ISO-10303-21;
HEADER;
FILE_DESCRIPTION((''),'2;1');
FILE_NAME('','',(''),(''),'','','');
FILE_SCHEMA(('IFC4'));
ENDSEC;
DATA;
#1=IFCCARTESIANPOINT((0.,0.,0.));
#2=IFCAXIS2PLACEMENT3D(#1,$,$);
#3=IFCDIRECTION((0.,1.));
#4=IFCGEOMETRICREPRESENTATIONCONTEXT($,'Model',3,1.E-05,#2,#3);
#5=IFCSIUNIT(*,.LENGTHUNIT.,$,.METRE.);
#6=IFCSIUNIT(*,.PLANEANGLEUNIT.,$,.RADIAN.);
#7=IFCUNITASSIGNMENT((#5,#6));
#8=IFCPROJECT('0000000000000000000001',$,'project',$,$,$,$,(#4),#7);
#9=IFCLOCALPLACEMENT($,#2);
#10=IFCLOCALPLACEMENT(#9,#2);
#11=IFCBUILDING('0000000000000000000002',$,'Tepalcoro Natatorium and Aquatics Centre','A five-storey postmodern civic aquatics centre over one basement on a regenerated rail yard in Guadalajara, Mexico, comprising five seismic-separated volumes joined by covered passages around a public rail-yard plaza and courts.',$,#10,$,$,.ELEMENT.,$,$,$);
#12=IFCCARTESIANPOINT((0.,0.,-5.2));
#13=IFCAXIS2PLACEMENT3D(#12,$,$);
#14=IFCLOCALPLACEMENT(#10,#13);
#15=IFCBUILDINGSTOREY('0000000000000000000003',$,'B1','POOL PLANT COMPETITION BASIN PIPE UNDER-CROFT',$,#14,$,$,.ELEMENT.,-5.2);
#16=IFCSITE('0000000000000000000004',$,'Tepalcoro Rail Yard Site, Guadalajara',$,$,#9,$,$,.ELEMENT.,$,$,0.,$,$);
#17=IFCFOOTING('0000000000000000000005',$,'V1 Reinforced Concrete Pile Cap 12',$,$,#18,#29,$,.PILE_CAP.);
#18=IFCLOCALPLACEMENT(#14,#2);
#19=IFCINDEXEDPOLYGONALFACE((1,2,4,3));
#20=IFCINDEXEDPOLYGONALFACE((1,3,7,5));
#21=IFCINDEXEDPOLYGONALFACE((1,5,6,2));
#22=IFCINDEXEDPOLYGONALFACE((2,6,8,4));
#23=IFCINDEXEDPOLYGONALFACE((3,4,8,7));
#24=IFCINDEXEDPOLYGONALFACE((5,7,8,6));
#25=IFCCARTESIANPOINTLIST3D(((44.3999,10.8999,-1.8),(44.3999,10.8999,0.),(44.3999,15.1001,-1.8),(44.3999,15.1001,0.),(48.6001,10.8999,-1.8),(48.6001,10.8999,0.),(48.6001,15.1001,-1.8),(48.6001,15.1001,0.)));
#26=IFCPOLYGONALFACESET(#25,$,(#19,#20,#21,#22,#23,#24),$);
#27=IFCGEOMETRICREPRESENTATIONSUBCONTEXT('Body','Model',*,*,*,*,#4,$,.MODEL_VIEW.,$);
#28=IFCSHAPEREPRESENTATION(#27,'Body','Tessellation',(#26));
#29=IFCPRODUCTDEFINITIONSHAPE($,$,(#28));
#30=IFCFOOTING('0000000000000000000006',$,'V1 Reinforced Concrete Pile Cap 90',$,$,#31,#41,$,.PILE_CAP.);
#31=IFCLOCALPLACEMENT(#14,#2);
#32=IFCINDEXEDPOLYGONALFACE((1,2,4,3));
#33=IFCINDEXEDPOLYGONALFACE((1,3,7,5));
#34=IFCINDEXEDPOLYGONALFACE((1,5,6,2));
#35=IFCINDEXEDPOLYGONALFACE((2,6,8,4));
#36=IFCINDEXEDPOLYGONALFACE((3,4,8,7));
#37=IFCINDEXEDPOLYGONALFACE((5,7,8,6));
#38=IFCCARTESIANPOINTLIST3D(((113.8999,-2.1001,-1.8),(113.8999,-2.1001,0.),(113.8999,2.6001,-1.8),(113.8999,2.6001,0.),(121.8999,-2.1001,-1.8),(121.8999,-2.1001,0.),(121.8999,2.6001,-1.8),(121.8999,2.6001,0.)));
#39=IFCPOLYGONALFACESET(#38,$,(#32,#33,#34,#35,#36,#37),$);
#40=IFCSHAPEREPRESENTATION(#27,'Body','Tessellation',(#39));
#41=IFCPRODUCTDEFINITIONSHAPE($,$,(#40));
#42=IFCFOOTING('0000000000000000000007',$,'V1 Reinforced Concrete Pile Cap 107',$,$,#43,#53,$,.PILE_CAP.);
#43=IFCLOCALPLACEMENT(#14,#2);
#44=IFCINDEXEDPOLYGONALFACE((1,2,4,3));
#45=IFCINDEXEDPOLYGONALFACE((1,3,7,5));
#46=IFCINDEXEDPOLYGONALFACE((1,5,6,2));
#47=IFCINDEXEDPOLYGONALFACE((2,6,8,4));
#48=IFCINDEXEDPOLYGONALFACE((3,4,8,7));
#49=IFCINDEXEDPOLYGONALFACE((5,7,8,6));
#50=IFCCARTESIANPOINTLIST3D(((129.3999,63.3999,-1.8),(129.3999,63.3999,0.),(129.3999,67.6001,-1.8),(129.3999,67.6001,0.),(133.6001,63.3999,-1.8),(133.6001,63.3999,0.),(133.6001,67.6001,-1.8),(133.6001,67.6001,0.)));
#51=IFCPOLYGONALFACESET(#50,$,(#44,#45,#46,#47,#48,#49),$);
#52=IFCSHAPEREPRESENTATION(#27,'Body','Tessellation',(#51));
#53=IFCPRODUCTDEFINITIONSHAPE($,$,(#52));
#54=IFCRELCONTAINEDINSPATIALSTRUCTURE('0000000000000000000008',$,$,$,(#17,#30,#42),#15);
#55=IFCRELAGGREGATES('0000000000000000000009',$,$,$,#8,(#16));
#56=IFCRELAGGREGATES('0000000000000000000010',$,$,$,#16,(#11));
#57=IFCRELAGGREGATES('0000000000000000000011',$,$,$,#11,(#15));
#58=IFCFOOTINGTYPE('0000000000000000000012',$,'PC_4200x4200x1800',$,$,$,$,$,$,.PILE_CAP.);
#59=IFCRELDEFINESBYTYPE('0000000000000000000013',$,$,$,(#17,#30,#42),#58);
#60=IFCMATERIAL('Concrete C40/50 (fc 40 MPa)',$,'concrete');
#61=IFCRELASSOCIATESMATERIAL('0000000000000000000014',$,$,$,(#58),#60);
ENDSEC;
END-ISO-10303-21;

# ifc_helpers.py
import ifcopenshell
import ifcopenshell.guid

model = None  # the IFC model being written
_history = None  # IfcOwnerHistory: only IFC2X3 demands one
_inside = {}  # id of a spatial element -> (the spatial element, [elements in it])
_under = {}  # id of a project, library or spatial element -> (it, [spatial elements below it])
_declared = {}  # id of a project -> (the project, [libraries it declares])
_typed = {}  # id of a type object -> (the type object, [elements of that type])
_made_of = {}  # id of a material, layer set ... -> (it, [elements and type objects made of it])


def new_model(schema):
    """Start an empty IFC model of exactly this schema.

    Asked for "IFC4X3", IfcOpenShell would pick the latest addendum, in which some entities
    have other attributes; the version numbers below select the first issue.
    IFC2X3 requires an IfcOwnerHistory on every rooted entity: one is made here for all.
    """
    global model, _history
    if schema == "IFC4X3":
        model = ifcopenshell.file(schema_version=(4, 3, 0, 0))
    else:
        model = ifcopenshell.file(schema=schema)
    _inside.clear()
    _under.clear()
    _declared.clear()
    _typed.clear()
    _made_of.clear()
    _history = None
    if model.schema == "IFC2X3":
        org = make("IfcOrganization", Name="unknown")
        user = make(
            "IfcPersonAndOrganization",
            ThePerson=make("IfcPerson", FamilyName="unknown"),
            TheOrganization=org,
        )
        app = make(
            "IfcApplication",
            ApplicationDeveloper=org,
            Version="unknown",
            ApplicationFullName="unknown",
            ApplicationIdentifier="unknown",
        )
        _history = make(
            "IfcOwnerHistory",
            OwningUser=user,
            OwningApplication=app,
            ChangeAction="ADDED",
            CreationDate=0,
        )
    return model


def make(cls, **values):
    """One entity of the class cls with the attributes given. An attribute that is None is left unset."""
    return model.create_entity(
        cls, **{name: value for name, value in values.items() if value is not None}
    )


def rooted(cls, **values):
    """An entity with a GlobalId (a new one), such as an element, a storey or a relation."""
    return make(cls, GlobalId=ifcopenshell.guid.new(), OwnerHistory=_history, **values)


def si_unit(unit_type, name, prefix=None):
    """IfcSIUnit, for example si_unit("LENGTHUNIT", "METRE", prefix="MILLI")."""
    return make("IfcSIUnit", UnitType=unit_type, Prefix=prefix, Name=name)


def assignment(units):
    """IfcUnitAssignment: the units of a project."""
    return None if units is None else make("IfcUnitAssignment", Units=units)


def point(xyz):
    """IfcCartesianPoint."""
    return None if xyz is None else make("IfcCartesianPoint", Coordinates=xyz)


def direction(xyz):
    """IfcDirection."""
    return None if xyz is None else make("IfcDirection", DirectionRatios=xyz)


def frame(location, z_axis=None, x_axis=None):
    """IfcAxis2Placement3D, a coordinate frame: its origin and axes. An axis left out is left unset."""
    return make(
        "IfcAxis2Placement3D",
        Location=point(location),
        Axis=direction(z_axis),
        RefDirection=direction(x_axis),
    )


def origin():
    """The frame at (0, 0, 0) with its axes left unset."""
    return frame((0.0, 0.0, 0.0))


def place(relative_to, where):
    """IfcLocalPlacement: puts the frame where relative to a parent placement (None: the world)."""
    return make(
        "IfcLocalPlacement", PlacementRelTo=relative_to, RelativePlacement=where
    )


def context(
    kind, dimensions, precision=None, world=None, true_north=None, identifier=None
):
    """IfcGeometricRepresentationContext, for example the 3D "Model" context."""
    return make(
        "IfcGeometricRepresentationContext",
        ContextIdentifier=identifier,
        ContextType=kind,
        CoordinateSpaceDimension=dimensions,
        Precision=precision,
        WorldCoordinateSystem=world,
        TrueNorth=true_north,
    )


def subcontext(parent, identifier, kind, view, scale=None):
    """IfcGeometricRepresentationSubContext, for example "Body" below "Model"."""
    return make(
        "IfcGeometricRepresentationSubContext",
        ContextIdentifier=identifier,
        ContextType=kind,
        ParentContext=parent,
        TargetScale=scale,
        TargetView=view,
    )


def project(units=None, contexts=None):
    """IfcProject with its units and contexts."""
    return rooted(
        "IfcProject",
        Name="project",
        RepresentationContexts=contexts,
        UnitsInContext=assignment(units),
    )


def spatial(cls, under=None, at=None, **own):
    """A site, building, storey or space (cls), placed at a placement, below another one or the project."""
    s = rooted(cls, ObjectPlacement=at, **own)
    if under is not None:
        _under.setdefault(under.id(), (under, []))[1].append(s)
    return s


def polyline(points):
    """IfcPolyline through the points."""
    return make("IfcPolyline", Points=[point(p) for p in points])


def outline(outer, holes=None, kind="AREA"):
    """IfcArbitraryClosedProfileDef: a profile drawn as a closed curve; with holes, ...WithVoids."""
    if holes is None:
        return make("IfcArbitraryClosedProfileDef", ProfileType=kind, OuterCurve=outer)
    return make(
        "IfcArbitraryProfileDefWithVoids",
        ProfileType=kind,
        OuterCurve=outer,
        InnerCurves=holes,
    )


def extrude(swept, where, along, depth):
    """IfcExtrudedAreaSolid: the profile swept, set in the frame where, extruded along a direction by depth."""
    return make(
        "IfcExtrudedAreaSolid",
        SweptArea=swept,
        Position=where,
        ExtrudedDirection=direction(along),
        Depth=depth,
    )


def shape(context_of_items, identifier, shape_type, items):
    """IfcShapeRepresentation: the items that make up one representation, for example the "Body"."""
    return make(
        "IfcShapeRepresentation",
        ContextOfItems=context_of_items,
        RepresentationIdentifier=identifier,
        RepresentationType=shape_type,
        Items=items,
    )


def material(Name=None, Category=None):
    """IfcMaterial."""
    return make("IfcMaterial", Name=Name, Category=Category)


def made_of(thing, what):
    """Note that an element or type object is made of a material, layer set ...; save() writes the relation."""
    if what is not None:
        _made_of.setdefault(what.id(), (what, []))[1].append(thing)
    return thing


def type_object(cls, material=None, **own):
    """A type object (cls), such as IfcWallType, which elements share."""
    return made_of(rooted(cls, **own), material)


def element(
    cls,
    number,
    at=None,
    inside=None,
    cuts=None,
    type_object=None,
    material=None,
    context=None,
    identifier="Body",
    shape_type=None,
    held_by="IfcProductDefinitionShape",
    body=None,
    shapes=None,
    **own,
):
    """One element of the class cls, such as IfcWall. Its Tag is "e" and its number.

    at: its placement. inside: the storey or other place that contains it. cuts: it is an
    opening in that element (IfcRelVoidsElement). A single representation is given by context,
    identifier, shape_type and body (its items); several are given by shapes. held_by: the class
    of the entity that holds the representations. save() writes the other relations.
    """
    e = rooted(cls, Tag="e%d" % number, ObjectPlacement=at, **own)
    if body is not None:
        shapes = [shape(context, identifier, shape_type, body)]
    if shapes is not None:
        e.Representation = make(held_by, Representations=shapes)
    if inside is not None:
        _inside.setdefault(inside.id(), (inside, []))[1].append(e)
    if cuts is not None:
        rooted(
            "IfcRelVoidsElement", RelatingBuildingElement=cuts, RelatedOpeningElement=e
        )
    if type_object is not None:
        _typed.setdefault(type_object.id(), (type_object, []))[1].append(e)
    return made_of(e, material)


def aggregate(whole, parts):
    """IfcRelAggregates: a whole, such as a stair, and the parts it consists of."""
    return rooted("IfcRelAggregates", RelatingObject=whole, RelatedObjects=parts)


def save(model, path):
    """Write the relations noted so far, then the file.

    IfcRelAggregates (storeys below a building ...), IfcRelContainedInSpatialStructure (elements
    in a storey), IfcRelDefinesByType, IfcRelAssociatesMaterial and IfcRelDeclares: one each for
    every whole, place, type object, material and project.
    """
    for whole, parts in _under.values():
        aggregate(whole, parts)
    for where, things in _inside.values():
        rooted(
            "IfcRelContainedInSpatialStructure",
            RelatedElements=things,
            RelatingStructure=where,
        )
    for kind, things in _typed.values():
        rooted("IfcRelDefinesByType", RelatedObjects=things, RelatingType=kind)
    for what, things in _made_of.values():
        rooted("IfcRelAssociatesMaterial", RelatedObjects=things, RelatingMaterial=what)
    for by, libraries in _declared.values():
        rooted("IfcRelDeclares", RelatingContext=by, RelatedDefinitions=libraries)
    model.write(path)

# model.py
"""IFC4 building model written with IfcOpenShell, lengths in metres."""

from ifc_helpers import new_model, si_unit, direction, frame, origin, place, context, subcontext, project, spatial, polyline, outline, extrude, material, type_object, element, save


model = new_model("IFC4")

# Units and contexts
model_context = context("Model", 3, precision=1e-05, world=origin(), true_north=direction((0.0, 1.0)))
body_context = subcontext(model_context, "Body", "Model", "MODEL_VIEW")
ifc_project = project(units=[si_unit("LENGTHUNIT", "METRE"), si_unit("PLANEANGLEUNIT", "RADIAN")], contexts=[model_context])

# Site, building, storey
site_placement = place(None, origin())
site = spatial("IfcSite", under=ifc_project, at=site_placement, Name="Tepalcoro Rail Yard Site, Guadalajara", CompositionType="ELEMENT", RefElevation=0.0)
building_placement = place(site_placement, origin())
building = spatial("IfcBuilding", under=site, at=building_placement, Name="Tepalcoro Natatorium and Aquatics Centre", Description="A five-storey postmodern civic aquatics centre over one basement on a regenerated rail yard in Guadalajara, Mexico, comprising five seismic-separated volumes joined by covered passages around a public rail-yard plaza and courts.", CompositionType="ELEMENT")
storey_placement = place(building_placement, frame((0.0, 0.0, -5.2)))
storey = spatial("IfcBuildingStorey", under=building, at=storey_placement, Name="B1", Description="POOL PLANT COMPETITION BASIN PIPE UNDER-CROFT", CompositionType="ELEMENT", Elevation=-5.2)

# Footings
ifc_material = material(Name="Concrete C40/50 (fc 40 MPa)", Category="concrete")
footing_type_1 = type_object("IfcFootingType", Name="PC_4200x4200x1800", PredefinedType="PILE_CAP", material=ifc_material)
footing_1_placement = place(storey_placement, frame((0.0, 0.0, -1.8)))
element("IfcFooting", 1, at=footing_1_placement, inside=storey, type_object=footing_type_1, Name="V1 Reinforced Concrete Pile Cap 12", PredefinedType="PILE_CAP", context=body_context, shape_type="SweptSolid", body=[
    extrude(outline(polyline([(44.3999, 10.8999), (48.6001, 10.8999), (48.6001, 15.1001), (44.3999, 15.1001), (44.3999, 10.8999)])), origin(), (0.0, 0.0, 1.0), 1.8),
])
footing_2_placement = place(storey_placement, frame((0.0, 0.0, -1.8)))
element("IfcFooting", 2, at=footing_2_placement, inside=storey, type_object=footing_type_1, Name="V1 Reinforced Concrete Pile Cap 90", PredefinedType="PILE_CAP", context=body_context, shape_type="SweptSolid", body=[
    extrude(outline(polyline([(113.8999, -2.1001), (121.8999, -2.1001), (121.8999, 2.6001), (113.8999, 2.6001), (113.8999, -2.1001)])), origin(), (0.0, 0.0, 1.0), 1.8),
])
footing_3_placement = place(storey_placement, frame((0.0, 0.0, -1.8)))
element("IfcFooting", 3, at=footing_3_placement, inside=storey, type_object=footing_type_1, Name="V1 Reinforced Concrete Pile Cap 107", PredefinedType="PILE_CAP", context=body_context, shape_type="SweptSolid", body=[
    extrude(outline(polyline([(129.3999, 63.3999), (133.6001, 63.3999), (133.6001, 67.6001), (129.3999, 67.6001), (129.3999, 63.3999)])), origin(), (0.0, 0.0, 1.0), 1.8),
])

save(model, "model.ifc")
